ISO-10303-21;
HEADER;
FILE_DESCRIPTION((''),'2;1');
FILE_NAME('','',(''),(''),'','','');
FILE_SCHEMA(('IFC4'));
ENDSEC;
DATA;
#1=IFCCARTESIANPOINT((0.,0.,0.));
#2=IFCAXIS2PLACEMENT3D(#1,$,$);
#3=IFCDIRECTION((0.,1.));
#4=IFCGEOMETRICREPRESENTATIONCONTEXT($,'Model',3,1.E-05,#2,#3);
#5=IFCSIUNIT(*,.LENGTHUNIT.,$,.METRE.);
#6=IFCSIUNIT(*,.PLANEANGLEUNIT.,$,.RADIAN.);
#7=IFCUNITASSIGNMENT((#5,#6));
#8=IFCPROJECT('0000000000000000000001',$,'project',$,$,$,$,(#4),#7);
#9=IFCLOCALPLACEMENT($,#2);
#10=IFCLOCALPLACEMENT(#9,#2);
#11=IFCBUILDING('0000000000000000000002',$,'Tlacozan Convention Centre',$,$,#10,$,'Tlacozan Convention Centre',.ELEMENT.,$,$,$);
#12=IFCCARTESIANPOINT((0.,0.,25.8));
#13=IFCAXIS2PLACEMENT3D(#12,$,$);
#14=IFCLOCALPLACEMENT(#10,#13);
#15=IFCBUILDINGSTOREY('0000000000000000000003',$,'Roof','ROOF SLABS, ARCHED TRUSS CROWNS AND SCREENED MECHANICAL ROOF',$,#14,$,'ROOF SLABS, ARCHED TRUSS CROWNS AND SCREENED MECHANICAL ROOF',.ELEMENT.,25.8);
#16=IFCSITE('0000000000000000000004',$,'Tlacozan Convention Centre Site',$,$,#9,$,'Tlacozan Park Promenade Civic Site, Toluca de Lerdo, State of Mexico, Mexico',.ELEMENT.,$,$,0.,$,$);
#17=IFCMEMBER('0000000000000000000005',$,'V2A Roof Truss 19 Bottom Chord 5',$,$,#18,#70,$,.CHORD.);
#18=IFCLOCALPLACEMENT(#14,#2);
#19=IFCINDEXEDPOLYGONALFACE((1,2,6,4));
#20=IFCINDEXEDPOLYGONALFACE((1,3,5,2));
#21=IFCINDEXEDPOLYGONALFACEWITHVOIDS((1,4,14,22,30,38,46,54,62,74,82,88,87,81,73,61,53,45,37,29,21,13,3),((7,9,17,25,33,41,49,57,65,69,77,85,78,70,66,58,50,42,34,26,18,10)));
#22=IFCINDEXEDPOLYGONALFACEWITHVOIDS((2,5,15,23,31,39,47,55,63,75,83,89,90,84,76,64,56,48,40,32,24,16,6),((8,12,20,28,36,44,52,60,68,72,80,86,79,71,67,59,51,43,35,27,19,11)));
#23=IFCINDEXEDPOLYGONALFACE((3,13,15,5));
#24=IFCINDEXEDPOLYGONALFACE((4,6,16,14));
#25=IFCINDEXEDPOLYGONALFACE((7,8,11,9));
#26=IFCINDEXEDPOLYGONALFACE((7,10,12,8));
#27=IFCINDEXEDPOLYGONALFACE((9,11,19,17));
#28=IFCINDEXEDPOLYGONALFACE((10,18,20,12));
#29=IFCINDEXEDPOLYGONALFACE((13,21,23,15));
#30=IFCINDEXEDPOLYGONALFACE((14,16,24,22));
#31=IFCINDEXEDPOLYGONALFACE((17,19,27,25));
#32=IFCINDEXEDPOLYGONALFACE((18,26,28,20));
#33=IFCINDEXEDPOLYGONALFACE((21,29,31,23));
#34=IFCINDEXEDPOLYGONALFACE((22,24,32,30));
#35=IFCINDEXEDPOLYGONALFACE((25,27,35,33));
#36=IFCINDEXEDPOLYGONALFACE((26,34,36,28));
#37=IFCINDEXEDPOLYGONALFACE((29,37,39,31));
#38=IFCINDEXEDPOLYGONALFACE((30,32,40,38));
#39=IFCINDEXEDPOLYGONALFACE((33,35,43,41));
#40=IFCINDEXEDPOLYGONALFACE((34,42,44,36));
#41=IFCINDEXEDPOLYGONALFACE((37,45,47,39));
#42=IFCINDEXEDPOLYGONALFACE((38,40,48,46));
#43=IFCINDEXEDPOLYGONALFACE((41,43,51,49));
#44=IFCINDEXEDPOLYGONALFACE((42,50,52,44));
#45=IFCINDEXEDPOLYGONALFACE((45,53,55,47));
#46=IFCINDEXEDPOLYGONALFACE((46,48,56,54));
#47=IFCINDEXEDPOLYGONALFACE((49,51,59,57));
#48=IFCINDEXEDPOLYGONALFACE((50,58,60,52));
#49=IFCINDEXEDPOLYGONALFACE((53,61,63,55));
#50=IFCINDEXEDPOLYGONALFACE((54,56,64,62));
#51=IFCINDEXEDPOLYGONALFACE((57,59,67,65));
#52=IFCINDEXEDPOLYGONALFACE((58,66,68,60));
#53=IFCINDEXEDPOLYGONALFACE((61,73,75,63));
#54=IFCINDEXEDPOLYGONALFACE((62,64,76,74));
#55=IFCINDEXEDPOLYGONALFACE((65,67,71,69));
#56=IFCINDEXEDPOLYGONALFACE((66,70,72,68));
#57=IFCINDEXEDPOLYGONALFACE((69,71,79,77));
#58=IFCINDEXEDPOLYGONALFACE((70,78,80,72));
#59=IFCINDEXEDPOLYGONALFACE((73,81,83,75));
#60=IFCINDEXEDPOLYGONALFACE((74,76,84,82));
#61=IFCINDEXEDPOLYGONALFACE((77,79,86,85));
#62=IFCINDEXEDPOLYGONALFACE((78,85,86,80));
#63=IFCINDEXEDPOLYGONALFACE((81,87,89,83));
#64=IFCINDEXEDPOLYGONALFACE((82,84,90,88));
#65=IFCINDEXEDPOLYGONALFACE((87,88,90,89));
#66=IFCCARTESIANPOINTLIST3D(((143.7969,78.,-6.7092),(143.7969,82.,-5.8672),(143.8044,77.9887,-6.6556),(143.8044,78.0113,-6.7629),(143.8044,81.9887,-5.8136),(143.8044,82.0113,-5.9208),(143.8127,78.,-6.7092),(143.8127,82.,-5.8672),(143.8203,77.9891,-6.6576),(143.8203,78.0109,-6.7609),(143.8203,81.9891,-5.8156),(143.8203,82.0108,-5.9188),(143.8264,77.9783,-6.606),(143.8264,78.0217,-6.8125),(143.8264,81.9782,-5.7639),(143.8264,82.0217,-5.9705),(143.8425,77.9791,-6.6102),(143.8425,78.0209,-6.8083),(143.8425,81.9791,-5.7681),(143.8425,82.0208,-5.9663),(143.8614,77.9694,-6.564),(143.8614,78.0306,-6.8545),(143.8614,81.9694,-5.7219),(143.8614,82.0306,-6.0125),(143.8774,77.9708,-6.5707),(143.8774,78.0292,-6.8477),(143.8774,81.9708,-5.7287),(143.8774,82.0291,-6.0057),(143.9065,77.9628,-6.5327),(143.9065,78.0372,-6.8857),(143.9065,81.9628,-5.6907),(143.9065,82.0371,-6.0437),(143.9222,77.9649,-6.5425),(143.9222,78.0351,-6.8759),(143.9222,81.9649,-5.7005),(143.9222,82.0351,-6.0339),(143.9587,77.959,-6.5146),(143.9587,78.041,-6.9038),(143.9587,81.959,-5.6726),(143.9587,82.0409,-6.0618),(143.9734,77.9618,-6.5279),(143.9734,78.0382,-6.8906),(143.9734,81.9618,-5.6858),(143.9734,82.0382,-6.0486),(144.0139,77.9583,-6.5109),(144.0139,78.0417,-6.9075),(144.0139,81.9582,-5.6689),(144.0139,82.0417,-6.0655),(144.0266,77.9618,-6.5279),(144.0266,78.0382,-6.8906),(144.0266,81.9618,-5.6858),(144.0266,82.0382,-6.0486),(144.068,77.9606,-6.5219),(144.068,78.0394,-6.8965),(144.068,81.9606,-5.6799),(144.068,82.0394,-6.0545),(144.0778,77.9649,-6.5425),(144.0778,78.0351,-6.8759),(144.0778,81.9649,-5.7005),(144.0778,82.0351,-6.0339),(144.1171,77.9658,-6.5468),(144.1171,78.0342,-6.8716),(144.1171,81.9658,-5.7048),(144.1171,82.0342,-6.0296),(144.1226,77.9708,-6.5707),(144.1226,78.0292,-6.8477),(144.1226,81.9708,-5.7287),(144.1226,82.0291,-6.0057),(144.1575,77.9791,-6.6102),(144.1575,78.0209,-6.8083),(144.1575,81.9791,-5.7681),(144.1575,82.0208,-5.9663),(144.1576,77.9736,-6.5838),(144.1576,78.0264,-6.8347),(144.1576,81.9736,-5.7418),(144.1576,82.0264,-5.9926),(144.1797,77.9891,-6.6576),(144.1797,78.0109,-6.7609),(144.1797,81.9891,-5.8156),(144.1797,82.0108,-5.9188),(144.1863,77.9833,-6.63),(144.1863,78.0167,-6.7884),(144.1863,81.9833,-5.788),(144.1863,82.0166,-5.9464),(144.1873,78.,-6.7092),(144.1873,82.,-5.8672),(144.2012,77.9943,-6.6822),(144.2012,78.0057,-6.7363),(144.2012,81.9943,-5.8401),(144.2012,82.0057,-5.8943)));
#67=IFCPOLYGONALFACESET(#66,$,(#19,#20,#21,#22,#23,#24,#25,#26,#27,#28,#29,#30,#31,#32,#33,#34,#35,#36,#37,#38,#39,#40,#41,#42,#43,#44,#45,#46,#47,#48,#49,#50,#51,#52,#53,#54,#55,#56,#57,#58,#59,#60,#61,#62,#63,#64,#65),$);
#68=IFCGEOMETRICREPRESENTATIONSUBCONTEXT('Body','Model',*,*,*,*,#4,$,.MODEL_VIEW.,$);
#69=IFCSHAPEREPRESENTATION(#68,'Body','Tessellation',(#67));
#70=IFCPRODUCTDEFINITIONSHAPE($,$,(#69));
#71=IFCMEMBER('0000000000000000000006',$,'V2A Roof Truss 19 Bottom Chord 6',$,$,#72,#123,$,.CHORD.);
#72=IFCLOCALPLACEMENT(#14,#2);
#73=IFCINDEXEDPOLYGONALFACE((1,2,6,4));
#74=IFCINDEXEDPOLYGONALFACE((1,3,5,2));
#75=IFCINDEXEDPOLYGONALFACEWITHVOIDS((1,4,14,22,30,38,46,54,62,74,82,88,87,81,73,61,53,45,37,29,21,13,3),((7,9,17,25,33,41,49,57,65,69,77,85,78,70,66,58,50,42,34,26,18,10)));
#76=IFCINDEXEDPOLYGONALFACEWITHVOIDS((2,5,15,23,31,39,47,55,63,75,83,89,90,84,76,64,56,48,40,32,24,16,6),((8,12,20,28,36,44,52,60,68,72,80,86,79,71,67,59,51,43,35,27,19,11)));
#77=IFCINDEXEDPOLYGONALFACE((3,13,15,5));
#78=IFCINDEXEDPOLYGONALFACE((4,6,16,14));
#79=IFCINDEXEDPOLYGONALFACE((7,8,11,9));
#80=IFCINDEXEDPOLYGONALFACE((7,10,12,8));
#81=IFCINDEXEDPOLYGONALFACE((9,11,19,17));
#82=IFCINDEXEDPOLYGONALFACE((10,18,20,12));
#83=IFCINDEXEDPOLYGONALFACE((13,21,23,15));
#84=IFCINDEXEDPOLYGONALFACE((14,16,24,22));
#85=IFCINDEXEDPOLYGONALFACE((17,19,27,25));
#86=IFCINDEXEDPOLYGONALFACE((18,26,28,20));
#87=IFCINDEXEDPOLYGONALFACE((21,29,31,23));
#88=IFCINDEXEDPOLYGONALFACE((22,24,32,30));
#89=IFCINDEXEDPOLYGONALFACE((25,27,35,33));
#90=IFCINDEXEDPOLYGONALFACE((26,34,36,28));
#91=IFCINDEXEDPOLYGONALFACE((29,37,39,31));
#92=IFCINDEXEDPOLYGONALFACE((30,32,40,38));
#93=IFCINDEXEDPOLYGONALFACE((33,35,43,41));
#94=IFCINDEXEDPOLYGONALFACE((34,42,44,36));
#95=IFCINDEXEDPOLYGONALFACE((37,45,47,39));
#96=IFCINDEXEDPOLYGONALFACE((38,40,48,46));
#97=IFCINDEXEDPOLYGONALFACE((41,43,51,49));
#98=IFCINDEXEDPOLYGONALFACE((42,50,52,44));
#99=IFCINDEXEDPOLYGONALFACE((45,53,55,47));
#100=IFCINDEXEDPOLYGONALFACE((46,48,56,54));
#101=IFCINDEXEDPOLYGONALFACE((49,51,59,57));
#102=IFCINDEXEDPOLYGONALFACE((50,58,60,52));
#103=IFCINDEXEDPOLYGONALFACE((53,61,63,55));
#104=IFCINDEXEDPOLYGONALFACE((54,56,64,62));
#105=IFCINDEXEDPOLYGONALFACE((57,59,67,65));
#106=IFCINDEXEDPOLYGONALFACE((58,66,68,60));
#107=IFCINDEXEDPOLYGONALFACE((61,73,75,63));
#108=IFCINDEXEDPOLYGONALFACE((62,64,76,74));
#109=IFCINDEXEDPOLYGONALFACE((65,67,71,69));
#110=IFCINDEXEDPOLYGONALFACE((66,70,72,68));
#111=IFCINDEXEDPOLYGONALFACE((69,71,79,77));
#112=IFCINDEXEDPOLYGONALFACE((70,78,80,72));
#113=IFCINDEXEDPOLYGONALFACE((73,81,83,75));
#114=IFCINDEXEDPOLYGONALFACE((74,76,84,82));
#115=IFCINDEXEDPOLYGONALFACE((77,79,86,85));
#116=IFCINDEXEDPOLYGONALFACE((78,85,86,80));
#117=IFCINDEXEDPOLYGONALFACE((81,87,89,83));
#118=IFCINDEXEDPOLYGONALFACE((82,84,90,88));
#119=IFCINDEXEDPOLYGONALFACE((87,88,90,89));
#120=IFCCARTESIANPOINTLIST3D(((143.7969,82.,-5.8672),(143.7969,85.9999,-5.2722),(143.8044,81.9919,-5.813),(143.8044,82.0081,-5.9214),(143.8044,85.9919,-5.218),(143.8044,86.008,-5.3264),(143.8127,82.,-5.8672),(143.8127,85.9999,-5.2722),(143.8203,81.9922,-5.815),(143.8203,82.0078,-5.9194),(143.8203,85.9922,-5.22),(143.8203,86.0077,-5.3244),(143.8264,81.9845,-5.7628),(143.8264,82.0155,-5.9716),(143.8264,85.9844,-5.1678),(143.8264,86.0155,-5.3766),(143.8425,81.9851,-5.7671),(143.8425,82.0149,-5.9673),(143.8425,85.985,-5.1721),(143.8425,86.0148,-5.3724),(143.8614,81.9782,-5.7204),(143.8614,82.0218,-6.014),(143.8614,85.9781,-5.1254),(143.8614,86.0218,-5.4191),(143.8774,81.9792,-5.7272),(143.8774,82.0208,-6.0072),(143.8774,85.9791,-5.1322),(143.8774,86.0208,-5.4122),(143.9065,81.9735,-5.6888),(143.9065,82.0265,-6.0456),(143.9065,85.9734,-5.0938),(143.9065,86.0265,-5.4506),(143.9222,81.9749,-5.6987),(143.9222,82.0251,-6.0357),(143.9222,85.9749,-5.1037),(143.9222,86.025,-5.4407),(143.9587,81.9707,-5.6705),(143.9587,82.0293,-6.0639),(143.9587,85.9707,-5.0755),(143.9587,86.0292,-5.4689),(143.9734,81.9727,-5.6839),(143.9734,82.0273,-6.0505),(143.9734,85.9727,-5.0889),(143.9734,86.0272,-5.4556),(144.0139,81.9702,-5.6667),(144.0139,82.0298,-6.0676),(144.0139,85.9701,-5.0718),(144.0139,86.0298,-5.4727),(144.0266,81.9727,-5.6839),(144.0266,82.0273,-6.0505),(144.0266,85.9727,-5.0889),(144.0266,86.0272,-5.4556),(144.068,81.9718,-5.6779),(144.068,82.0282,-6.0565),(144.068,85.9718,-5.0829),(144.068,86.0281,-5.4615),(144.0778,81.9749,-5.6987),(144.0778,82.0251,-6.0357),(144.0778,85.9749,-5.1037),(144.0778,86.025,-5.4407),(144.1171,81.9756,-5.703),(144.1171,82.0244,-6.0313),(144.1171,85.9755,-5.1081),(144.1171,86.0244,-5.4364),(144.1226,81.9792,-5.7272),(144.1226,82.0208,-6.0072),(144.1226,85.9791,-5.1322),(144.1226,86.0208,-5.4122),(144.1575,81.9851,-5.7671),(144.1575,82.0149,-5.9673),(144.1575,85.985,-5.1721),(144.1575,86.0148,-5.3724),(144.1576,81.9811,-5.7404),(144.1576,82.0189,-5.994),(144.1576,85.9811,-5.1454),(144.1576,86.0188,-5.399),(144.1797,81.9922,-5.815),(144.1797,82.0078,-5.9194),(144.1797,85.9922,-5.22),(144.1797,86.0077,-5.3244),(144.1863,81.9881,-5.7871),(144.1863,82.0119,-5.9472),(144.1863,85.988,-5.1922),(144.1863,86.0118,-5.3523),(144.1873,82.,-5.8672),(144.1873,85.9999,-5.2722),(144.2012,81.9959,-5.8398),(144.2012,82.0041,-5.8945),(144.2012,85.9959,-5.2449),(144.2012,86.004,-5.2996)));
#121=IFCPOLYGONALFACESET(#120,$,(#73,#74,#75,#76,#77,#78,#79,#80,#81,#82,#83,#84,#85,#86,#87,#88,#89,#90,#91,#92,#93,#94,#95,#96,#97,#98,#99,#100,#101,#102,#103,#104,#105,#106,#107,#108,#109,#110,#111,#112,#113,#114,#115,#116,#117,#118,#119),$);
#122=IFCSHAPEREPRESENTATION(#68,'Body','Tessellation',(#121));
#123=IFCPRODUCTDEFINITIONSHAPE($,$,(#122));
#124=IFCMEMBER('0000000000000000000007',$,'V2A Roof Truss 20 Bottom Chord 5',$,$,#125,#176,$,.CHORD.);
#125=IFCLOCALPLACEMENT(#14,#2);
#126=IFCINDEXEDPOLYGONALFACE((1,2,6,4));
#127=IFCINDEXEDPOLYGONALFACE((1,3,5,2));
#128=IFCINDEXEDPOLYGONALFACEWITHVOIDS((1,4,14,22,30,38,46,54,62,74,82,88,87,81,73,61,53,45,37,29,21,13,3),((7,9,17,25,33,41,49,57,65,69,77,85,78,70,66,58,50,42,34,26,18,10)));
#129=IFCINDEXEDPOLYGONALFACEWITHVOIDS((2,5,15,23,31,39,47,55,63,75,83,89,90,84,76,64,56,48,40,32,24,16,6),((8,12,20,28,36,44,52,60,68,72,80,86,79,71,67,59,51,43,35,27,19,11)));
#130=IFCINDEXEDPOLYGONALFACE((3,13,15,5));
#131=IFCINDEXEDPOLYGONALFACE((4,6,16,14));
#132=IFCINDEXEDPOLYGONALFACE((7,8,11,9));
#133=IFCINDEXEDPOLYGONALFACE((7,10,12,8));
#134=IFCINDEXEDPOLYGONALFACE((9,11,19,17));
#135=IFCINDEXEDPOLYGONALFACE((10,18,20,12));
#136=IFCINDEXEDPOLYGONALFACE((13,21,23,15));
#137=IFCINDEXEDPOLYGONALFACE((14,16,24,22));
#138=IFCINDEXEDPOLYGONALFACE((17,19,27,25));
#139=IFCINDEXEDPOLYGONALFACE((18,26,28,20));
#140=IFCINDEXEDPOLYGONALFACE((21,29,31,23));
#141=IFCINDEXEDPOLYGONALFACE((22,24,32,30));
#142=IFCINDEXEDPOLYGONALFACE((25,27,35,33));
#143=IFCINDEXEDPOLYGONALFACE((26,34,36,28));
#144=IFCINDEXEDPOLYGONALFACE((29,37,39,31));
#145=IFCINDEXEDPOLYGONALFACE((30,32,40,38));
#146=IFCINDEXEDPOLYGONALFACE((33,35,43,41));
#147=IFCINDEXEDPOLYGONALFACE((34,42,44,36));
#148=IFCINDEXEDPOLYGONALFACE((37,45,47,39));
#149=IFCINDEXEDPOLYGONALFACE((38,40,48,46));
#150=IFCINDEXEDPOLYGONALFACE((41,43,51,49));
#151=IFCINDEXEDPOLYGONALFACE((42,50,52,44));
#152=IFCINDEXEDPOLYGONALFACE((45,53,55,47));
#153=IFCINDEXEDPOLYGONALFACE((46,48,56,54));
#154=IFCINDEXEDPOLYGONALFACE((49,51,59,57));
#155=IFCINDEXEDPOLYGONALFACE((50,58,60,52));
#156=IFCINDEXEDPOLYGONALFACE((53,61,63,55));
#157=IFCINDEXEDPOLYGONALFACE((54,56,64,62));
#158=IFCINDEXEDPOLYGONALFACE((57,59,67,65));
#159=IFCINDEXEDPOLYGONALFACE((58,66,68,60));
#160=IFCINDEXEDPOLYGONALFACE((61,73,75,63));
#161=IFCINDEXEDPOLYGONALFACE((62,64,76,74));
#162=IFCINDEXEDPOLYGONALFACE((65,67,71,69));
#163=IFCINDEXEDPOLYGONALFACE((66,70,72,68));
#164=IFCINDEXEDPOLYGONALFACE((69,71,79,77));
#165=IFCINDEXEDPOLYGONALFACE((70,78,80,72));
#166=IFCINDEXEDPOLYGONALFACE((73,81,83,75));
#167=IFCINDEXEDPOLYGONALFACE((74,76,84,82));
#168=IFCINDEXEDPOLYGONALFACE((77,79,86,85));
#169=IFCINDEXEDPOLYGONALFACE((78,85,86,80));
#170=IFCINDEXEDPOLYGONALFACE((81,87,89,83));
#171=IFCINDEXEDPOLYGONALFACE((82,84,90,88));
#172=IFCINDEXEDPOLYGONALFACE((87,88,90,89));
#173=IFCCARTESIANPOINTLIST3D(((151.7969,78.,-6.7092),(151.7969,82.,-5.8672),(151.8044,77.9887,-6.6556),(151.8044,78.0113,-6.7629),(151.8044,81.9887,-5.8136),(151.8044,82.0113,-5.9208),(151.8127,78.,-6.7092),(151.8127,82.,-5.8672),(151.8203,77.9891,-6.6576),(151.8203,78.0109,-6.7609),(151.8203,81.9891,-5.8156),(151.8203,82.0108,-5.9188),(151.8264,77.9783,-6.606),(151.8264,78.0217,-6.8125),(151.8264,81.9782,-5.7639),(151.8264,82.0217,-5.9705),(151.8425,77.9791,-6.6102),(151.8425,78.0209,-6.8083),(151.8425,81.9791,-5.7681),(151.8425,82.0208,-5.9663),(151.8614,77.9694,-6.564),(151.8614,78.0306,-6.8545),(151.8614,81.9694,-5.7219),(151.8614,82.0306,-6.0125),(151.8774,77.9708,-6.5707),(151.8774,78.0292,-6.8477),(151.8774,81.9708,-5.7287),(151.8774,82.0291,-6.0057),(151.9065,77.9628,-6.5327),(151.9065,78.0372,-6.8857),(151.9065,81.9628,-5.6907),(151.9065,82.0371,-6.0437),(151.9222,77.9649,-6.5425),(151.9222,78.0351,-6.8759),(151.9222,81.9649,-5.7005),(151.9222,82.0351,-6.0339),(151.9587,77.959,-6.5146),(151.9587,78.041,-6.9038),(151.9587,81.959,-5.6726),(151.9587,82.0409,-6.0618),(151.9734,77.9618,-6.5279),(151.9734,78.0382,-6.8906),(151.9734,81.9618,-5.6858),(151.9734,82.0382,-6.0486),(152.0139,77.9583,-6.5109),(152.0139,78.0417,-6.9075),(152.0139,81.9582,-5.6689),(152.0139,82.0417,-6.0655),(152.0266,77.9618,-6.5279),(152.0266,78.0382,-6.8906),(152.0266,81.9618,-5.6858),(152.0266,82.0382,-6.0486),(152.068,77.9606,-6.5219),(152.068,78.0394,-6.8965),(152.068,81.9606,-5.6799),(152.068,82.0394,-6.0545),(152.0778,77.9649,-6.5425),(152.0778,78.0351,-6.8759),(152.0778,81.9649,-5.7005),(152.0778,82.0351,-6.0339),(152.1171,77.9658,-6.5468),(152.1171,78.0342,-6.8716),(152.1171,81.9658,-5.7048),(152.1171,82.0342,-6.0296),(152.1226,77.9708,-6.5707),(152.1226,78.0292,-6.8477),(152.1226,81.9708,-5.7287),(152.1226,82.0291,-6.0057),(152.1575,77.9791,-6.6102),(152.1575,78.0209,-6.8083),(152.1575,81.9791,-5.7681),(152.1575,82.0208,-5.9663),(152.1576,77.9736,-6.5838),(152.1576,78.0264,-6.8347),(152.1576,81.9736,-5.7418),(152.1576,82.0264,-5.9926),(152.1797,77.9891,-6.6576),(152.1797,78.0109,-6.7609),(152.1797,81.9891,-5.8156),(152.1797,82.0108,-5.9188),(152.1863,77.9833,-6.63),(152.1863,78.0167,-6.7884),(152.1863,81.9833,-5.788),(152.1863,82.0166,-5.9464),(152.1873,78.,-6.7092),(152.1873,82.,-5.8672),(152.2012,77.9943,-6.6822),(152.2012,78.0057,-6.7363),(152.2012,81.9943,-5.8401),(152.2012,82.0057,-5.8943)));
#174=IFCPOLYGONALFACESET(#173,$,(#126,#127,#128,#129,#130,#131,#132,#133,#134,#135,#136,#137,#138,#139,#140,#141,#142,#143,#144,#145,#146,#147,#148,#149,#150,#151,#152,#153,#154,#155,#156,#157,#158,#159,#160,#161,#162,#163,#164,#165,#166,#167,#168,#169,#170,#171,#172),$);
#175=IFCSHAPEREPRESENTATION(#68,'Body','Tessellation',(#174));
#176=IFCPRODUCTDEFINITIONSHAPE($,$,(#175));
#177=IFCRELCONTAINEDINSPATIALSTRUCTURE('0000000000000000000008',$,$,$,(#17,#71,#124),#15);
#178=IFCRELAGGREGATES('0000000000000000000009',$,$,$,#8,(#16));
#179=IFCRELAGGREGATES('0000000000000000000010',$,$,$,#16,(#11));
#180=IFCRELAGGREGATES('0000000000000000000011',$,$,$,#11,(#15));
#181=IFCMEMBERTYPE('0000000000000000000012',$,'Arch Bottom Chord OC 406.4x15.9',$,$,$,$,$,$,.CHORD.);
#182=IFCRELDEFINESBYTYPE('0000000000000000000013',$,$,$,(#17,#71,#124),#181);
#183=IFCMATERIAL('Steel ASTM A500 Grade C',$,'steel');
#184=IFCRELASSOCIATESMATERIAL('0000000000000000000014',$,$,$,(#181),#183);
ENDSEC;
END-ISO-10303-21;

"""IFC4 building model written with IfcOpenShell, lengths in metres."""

from ifc_helpers import new_model, si_unit, direction, frame, origin, origin_2d, place, context, subcontext, project, spatial, hollow_circle, extrude, material, material_profile, profile_set, type_object, element, save


model = new_model("IFC4")

# Units and contexts
model_context = context("Model", 3, precision=1e-05, world=origin(), true_north=direction((0.0, 1.0)))
body_context = subcontext(model_context, "Body", "Model", "MODEL_VIEW")
ifc_project = project(units=[si_unit("LENGTHUNIT", "METRE"), si_unit("PLANEANGLEUNIT", "RADIAN")], contexts=[model_context])

# Site, building, storey
site_placement = place(None, origin())
site = spatial("IfcSite", under=ifc_project, at=site_placement, Name="Tlacozan Convention Centre Site", LongName="Tlacozan Park Promenade Civic Site, Toluca de Lerdo, State of Mexico, Mexico", CompositionType="ELEMENT", RefElevation=0.0)
building_placement = place(site_placement, origin())
building = spatial("IfcBuilding", under=site, at=building_placement, Name="Tlacozan Convention Centre", LongName="Tlacozan Convention Centre", CompositionType="ELEMENT")
storey_placement = place(building_placement, frame((0.0, 0.0, 25.8)))
storey = spatial("IfcBuildingStorey", under=building, at=storey_placement, Name="Roof", Description="ROOF SLABS, ARCHED TRUSS CROWNS AND SCREENED MECHANICAL ROOF", LongName="ROOF SLABS, ARCHED TRUSS CROWNS AND SCREENED MECHANICAL ROOF", CompositionType="ELEMENT", Elevation=25.8)

# Members
ifc_material_1 = material(Name="Steel ASTM A500 Grade C", Category="steel")
ifc_material_profile_1 = material_profile(ifc_material_1, hollow_circle(Radius=0.2031, WallThickness=0.0159, at=origin_2d()), Name="OC 406.4x15.9")
ifc_profile_set_1 = profile_set([ifc_material_profile_1], Name="Steel ASTM A500 Grade C")
member_type_1 = type_object("IfcMemberType", Name="Arch Bottom Chord OC 406.4x15.9", PredefinedType="CHORD", material=ifc_profile_set_1)
member_1_placement = place(storey_placement, frame((144.0, 78.0, -6.7092), z_axis=(0.0, 0.978553, 0.205995), x_axis=(-1.0, 0.0, 0.0)))
element("IfcMember", 1, at=member_1_placement, inside=storey, type_object=member_type_1, Name="V2A Roof Truss 19 Bottom Chord 5", PredefinedType="CHORD", context=body_context, shape_type="SweptSolid", body=[
    extrude(hollow_circle(Radius=0.2031, WallThickness=0.0159, at=origin_2d()), origin(), (0.0, 0.0, 1.0), 4.0876),
])
member_2_placement = place(storey_placement, frame((144.0, 82.0, -5.8672), z_axis=(0.0, 0.989118, 0.147124), x_axis=(-1.0, 0.0, 0.0)))
element("IfcMember", 2, at=member_2_placement, inside=storey, type_object=member_type_1, Name="V2A Roof Truss 19 Bottom Chord 6", PredefinedType="CHORD", context=body_context, shape_type="SweptSolid", body=[
    extrude(hollow_circle(Radius=0.2031, WallThickness=0.0159, at=origin_2d()), origin(), (0.0, 0.0, 1.0), 4.0439),
])
member_3_placement = place(storey_placement, frame((152.0, 78.0, -6.7092), z_axis=(0.0, 0.978553, 0.205995), x_axis=(-1.0, 0.0, 0.0)))
element("IfcMember", 3, at=member_3_placement, inside=storey, type_object=member_type_1, Name="V2A Roof Truss 20 Bottom Chord 5", PredefinedType="CHORD", context=body_context, shape_type="SweptSolid", body=[
    extrude(hollow_circle(Radius=0.2031, WallThickness=0.0159, at=origin_2d()), origin(), (0.0, 0.0, 1.0), 4.0876),
])

save(model, "model.ifc")
